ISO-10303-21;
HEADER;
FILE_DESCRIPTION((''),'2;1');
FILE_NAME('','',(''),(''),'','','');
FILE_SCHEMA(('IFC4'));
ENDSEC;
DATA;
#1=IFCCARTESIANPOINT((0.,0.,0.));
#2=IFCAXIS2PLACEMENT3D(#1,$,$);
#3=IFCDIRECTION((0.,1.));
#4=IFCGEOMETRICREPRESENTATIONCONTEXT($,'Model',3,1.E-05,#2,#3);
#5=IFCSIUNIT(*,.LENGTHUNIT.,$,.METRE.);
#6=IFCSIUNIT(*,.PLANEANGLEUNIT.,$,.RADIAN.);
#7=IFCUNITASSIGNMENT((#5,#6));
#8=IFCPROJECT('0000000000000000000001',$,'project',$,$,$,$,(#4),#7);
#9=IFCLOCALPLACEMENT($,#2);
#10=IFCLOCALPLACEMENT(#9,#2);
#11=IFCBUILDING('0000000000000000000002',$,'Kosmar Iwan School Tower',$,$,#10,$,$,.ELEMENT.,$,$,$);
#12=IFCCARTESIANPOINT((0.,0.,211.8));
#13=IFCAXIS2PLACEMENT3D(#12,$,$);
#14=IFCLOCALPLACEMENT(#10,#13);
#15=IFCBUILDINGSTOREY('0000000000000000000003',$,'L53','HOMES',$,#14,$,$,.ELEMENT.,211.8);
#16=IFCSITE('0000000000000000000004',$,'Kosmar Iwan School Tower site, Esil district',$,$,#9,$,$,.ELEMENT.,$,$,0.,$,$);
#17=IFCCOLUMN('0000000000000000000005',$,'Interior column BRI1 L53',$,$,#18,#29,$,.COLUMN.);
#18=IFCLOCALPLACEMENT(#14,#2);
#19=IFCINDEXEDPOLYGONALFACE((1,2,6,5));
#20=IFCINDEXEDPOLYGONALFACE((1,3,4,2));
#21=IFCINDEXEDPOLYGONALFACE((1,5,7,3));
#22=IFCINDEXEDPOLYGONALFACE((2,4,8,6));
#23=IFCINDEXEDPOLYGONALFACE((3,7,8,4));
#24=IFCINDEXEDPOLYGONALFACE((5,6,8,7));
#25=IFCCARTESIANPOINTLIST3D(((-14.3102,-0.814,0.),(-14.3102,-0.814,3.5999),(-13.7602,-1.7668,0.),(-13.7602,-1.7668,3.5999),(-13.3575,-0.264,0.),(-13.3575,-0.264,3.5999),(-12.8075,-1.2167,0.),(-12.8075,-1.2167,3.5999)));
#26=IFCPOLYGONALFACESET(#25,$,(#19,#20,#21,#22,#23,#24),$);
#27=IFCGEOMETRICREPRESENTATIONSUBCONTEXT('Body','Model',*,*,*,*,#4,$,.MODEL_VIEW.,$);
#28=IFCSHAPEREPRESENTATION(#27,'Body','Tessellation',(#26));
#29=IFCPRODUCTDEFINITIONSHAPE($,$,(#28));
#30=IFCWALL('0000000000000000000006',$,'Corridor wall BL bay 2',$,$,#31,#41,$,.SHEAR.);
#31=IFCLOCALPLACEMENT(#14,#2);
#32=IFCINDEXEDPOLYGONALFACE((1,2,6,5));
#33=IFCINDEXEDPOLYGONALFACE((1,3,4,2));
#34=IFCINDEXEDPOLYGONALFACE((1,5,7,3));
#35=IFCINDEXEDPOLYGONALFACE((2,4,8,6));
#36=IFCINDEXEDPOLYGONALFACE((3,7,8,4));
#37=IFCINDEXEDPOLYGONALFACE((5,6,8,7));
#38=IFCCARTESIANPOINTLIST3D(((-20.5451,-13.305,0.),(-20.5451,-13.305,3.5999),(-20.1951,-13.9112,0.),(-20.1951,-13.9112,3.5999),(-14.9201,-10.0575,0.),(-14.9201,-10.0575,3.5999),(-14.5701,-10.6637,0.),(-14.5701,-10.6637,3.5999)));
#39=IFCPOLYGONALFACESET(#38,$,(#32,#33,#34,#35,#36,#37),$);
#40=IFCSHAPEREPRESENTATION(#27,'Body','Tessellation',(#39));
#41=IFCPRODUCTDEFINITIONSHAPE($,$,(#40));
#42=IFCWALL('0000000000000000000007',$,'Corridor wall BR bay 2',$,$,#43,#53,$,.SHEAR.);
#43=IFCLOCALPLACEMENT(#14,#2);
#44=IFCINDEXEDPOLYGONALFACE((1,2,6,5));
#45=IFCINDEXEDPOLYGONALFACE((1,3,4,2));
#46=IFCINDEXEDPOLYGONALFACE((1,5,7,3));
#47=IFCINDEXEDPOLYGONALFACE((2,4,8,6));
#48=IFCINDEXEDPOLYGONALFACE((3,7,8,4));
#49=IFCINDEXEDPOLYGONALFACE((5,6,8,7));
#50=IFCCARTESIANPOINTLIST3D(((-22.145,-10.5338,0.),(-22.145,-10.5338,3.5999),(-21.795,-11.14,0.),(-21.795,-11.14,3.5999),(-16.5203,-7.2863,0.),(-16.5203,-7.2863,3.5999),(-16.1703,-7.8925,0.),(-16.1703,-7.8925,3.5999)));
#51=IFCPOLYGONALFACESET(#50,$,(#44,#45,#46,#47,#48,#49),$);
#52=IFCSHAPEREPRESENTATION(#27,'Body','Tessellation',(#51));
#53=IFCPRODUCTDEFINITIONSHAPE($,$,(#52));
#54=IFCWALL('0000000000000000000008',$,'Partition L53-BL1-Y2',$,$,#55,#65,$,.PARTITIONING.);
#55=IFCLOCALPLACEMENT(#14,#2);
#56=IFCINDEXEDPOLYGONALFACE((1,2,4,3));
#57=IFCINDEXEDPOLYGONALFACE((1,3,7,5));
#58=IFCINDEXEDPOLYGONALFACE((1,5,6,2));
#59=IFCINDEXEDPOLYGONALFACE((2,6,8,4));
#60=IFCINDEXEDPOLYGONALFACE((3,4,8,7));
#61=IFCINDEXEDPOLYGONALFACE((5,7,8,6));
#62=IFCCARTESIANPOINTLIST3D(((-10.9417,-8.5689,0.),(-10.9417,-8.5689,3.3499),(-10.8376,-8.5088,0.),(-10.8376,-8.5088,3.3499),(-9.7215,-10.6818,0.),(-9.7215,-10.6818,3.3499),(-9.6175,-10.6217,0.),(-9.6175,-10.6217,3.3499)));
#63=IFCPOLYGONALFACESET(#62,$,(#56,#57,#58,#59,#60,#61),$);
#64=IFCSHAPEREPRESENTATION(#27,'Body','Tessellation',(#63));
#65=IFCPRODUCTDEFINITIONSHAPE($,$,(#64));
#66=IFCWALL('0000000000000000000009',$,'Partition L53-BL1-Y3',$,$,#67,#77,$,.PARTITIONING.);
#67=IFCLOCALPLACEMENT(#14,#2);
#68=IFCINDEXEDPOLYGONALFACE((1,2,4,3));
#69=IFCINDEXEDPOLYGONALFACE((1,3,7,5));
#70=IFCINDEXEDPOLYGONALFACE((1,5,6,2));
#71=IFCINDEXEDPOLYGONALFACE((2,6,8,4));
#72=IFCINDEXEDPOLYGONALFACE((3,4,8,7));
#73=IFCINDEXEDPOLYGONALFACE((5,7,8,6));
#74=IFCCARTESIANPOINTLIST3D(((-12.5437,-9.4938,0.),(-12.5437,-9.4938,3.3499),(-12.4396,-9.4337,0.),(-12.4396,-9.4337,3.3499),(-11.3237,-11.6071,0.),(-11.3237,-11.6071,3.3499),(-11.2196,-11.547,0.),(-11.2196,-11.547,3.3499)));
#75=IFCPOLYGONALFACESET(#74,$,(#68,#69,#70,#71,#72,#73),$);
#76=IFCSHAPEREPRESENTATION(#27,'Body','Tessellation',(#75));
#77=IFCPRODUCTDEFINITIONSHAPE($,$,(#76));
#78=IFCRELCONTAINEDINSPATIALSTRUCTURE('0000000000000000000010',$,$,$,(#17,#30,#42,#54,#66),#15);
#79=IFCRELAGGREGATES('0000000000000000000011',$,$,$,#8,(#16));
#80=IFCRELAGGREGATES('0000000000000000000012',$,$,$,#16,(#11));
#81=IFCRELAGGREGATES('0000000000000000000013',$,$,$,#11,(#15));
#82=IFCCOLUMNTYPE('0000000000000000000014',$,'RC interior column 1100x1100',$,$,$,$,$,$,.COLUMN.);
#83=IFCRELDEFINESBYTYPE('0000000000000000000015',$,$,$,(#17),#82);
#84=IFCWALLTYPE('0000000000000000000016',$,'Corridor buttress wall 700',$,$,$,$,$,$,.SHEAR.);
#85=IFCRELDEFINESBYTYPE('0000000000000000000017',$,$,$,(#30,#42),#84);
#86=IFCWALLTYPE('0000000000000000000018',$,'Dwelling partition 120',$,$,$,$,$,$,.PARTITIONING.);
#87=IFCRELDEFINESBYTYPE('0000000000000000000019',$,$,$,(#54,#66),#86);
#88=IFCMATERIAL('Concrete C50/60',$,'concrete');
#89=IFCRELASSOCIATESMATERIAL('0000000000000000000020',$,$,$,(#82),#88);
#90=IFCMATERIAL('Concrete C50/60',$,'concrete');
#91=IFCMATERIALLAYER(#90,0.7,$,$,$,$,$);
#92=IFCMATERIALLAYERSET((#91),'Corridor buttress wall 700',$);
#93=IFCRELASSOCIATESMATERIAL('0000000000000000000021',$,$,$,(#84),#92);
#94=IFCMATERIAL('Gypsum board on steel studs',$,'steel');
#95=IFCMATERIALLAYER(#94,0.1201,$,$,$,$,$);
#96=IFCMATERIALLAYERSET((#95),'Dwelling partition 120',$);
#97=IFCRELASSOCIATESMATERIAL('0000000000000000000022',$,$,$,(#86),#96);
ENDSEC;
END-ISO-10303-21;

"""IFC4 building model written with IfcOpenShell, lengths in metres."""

from ifc_helpers import new_model, si_unit, direction, frame, frame_2d, origin, origin_2d, place, context, subcontext, project, spatial, rectangle, extrude, material, layer, layer_set, material_profile, profile_set, type_object, element, save


model = new_model("IFC4")

# Units and contexts
model_context = context("Model", 3, precision=1e-05, world=origin(), true_north=direction((0.0, 1.0)))
body_context = subcontext(model_context, "Body", "Model", "MODEL_VIEW")
ifc_project = project(units=[si_unit("LENGTHUNIT", "METRE"), si_unit("PLANEANGLEUNIT", "RADIAN")], contexts=[model_context])

# Site, building, storey
site_placement = place(None, origin())
site = spatial("IfcSite", under=ifc_project, at=site_placement, Name="Kosmar Iwan School Tower site, Esil district", CompositionType="ELEMENT", RefElevation=0.0)
building_placement = place(site_placement, origin())
building = spatial("IfcBuilding", under=site, at=building_placement, Name="Kosmar Iwan School Tower", CompositionType="ELEMENT")
storey_placement = place(building_placement, frame((0.0, 0.0, 211.8)))
storey = spatial("IfcBuildingStorey", under=building, at=storey_placement, Name="L53", Description="HOMES", CompositionType="ELEMENT", Elevation=211.8)

# Column
ifc_material_1 = material(Name="Concrete C50/60", Category="concrete")
ifc_material_profile = material_profile(ifc_material_1, rectangle(XDim=1.1001, YDim=1.1001, at=origin_2d()), Name="RC 1100x1100")
ifc_profile_set = profile_set([ifc_material_profile], Name="Concrete C50/60")
column_type = type_object("IfcColumnType", Name="RC interior column 1100x1100", PredefinedType="COLUMN", material=ifc_profile_set)
column_placement = place(storey_placement, frame((-13.5588, -1.0154, 0.0), z_axis=(0.0, 0.0, 1.0), x_axis=(-0.866025, -0.5, 0.0)))
element("IfcColumn", 1, at=column_placement, inside=storey, type_object=column_type, Name="Interior column BRI1 L53", PredefinedType="COLUMN", context=body_context, shape_type="SweptSolid", body=[
    extrude(rectangle(XDim=1.1001, YDim=1.1001, at=origin_2d()), origin(), (0.0, 0.0, 1.0), 3.5999),
])

# Walls
ifc_material_2 = material(Name="Concrete C50/60", Category="concrete")
ifc_layer_1 = layer(ifc_material_2, 0.7)
ifc_layer_set_1 = layer_set([ifc_layer_1], Name="Corridor buttress wall 700")
wall_type_1 = type_object("IfcWallType", Name="Corridor buttress wall 700", PredefinedType="SHEAR", material=ifc_layer_set_1)
wall_1_placement = place(storey_placement, frame((-14.7451, -10.3606, 0.0), z_axis=(0.0, 0.0, 1.0), x_axis=(-0.866028, -0.499996, 0.0)))
element("IfcWall", 2, at=wall_1_placement, inside=storey, type_object=wall_type_1, Name="Corridor wall BL bay 2", PredefinedType="SHEAR", context=body_context, shape_type="SweptSolid", body=[
    extrude(rectangle(XDim=6.4951, YDim=0.7, at=frame_2d((3.2476, 0.0))), origin(), (0.0, 0.0, 1.0), 3.5999),
])
wall_2_placement = place(storey_placement, frame((-16.3452, -7.5894, 0.0), z_axis=(0.0, 0.0, 1.0), x_axis=(-0.866018, -0.500012, 0.0)))
element("IfcWall", 3, at=wall_2_placement, inside=storey, type_object=wall_type_1, Name="Corridor wall BR bay 2", PredefinedType="SHEAR", context=body_context, shape_type="SweptSolid", body=[
    extrude(rectangle(XDim=6.4949, YDim=0.7, at=frame_2d((3.2476, 0.0))), origin(), (0.0, 0.0, 1.0), 3.5999),
])
ifc_material_3 = material(Name="Gypsum board on steel studs", Category="steel")
ifc_layer_2 = layer(ifc_material_3, 0.1201)
ifc_layer_set_2 = layer_set([ifc_layer_2], Name="Dwelling partition 120")
wall_type_2 = type_object("IfcWallType", Name="Dwelling partition 120", PredefinedType="PARTITIONING", material=ifc_layer_set_2)
wall_3_placement = place(storey_placement, frame((-10.8896, -8.5388, 0.0), z_axis=(0.0, 0.0, 1.0), x_axis=(0.500078, -0.865981, 0.0)))
element("IfcWall", 4, at=wall_3_placement, inside=storey, type_object=wall_type_2, Name="Partition L53-BL1-Y2", PredefinedType="PARTITIONING", context=body_context, shape_type="SweptSolid", body=[
    extrude(rectangle(XDim=2.4399, YDim=0.1201, at=frame_2d((1.22, 0.0))), origin(), (0.0, 0.0, 1.0), 3.3499),
])
wall_4_placement = place(storey_placement, frame((-12.4917, -9.4636, 0.0), z_axis=(0.0, 0.0, 1.0), x_axis=(0.499959, -0.866049, 0.0)))
element("IfcWall", 5, at=wall_4_placement, inside=storey, type_object=wall_type_2, Name="Partition L53-BL1-Y3", PredefinedType="PARTITIONING", context=body_context, shape_type="SweptSolid", body=[
    extrude(rectangle(XDim=2.4402, YDim=0.1201, at=frame_2d((1.2202, 0.0))), origin(), (0.0, 0.0, 1.0), 3.3499),
])

save(model, "model.ifc")
